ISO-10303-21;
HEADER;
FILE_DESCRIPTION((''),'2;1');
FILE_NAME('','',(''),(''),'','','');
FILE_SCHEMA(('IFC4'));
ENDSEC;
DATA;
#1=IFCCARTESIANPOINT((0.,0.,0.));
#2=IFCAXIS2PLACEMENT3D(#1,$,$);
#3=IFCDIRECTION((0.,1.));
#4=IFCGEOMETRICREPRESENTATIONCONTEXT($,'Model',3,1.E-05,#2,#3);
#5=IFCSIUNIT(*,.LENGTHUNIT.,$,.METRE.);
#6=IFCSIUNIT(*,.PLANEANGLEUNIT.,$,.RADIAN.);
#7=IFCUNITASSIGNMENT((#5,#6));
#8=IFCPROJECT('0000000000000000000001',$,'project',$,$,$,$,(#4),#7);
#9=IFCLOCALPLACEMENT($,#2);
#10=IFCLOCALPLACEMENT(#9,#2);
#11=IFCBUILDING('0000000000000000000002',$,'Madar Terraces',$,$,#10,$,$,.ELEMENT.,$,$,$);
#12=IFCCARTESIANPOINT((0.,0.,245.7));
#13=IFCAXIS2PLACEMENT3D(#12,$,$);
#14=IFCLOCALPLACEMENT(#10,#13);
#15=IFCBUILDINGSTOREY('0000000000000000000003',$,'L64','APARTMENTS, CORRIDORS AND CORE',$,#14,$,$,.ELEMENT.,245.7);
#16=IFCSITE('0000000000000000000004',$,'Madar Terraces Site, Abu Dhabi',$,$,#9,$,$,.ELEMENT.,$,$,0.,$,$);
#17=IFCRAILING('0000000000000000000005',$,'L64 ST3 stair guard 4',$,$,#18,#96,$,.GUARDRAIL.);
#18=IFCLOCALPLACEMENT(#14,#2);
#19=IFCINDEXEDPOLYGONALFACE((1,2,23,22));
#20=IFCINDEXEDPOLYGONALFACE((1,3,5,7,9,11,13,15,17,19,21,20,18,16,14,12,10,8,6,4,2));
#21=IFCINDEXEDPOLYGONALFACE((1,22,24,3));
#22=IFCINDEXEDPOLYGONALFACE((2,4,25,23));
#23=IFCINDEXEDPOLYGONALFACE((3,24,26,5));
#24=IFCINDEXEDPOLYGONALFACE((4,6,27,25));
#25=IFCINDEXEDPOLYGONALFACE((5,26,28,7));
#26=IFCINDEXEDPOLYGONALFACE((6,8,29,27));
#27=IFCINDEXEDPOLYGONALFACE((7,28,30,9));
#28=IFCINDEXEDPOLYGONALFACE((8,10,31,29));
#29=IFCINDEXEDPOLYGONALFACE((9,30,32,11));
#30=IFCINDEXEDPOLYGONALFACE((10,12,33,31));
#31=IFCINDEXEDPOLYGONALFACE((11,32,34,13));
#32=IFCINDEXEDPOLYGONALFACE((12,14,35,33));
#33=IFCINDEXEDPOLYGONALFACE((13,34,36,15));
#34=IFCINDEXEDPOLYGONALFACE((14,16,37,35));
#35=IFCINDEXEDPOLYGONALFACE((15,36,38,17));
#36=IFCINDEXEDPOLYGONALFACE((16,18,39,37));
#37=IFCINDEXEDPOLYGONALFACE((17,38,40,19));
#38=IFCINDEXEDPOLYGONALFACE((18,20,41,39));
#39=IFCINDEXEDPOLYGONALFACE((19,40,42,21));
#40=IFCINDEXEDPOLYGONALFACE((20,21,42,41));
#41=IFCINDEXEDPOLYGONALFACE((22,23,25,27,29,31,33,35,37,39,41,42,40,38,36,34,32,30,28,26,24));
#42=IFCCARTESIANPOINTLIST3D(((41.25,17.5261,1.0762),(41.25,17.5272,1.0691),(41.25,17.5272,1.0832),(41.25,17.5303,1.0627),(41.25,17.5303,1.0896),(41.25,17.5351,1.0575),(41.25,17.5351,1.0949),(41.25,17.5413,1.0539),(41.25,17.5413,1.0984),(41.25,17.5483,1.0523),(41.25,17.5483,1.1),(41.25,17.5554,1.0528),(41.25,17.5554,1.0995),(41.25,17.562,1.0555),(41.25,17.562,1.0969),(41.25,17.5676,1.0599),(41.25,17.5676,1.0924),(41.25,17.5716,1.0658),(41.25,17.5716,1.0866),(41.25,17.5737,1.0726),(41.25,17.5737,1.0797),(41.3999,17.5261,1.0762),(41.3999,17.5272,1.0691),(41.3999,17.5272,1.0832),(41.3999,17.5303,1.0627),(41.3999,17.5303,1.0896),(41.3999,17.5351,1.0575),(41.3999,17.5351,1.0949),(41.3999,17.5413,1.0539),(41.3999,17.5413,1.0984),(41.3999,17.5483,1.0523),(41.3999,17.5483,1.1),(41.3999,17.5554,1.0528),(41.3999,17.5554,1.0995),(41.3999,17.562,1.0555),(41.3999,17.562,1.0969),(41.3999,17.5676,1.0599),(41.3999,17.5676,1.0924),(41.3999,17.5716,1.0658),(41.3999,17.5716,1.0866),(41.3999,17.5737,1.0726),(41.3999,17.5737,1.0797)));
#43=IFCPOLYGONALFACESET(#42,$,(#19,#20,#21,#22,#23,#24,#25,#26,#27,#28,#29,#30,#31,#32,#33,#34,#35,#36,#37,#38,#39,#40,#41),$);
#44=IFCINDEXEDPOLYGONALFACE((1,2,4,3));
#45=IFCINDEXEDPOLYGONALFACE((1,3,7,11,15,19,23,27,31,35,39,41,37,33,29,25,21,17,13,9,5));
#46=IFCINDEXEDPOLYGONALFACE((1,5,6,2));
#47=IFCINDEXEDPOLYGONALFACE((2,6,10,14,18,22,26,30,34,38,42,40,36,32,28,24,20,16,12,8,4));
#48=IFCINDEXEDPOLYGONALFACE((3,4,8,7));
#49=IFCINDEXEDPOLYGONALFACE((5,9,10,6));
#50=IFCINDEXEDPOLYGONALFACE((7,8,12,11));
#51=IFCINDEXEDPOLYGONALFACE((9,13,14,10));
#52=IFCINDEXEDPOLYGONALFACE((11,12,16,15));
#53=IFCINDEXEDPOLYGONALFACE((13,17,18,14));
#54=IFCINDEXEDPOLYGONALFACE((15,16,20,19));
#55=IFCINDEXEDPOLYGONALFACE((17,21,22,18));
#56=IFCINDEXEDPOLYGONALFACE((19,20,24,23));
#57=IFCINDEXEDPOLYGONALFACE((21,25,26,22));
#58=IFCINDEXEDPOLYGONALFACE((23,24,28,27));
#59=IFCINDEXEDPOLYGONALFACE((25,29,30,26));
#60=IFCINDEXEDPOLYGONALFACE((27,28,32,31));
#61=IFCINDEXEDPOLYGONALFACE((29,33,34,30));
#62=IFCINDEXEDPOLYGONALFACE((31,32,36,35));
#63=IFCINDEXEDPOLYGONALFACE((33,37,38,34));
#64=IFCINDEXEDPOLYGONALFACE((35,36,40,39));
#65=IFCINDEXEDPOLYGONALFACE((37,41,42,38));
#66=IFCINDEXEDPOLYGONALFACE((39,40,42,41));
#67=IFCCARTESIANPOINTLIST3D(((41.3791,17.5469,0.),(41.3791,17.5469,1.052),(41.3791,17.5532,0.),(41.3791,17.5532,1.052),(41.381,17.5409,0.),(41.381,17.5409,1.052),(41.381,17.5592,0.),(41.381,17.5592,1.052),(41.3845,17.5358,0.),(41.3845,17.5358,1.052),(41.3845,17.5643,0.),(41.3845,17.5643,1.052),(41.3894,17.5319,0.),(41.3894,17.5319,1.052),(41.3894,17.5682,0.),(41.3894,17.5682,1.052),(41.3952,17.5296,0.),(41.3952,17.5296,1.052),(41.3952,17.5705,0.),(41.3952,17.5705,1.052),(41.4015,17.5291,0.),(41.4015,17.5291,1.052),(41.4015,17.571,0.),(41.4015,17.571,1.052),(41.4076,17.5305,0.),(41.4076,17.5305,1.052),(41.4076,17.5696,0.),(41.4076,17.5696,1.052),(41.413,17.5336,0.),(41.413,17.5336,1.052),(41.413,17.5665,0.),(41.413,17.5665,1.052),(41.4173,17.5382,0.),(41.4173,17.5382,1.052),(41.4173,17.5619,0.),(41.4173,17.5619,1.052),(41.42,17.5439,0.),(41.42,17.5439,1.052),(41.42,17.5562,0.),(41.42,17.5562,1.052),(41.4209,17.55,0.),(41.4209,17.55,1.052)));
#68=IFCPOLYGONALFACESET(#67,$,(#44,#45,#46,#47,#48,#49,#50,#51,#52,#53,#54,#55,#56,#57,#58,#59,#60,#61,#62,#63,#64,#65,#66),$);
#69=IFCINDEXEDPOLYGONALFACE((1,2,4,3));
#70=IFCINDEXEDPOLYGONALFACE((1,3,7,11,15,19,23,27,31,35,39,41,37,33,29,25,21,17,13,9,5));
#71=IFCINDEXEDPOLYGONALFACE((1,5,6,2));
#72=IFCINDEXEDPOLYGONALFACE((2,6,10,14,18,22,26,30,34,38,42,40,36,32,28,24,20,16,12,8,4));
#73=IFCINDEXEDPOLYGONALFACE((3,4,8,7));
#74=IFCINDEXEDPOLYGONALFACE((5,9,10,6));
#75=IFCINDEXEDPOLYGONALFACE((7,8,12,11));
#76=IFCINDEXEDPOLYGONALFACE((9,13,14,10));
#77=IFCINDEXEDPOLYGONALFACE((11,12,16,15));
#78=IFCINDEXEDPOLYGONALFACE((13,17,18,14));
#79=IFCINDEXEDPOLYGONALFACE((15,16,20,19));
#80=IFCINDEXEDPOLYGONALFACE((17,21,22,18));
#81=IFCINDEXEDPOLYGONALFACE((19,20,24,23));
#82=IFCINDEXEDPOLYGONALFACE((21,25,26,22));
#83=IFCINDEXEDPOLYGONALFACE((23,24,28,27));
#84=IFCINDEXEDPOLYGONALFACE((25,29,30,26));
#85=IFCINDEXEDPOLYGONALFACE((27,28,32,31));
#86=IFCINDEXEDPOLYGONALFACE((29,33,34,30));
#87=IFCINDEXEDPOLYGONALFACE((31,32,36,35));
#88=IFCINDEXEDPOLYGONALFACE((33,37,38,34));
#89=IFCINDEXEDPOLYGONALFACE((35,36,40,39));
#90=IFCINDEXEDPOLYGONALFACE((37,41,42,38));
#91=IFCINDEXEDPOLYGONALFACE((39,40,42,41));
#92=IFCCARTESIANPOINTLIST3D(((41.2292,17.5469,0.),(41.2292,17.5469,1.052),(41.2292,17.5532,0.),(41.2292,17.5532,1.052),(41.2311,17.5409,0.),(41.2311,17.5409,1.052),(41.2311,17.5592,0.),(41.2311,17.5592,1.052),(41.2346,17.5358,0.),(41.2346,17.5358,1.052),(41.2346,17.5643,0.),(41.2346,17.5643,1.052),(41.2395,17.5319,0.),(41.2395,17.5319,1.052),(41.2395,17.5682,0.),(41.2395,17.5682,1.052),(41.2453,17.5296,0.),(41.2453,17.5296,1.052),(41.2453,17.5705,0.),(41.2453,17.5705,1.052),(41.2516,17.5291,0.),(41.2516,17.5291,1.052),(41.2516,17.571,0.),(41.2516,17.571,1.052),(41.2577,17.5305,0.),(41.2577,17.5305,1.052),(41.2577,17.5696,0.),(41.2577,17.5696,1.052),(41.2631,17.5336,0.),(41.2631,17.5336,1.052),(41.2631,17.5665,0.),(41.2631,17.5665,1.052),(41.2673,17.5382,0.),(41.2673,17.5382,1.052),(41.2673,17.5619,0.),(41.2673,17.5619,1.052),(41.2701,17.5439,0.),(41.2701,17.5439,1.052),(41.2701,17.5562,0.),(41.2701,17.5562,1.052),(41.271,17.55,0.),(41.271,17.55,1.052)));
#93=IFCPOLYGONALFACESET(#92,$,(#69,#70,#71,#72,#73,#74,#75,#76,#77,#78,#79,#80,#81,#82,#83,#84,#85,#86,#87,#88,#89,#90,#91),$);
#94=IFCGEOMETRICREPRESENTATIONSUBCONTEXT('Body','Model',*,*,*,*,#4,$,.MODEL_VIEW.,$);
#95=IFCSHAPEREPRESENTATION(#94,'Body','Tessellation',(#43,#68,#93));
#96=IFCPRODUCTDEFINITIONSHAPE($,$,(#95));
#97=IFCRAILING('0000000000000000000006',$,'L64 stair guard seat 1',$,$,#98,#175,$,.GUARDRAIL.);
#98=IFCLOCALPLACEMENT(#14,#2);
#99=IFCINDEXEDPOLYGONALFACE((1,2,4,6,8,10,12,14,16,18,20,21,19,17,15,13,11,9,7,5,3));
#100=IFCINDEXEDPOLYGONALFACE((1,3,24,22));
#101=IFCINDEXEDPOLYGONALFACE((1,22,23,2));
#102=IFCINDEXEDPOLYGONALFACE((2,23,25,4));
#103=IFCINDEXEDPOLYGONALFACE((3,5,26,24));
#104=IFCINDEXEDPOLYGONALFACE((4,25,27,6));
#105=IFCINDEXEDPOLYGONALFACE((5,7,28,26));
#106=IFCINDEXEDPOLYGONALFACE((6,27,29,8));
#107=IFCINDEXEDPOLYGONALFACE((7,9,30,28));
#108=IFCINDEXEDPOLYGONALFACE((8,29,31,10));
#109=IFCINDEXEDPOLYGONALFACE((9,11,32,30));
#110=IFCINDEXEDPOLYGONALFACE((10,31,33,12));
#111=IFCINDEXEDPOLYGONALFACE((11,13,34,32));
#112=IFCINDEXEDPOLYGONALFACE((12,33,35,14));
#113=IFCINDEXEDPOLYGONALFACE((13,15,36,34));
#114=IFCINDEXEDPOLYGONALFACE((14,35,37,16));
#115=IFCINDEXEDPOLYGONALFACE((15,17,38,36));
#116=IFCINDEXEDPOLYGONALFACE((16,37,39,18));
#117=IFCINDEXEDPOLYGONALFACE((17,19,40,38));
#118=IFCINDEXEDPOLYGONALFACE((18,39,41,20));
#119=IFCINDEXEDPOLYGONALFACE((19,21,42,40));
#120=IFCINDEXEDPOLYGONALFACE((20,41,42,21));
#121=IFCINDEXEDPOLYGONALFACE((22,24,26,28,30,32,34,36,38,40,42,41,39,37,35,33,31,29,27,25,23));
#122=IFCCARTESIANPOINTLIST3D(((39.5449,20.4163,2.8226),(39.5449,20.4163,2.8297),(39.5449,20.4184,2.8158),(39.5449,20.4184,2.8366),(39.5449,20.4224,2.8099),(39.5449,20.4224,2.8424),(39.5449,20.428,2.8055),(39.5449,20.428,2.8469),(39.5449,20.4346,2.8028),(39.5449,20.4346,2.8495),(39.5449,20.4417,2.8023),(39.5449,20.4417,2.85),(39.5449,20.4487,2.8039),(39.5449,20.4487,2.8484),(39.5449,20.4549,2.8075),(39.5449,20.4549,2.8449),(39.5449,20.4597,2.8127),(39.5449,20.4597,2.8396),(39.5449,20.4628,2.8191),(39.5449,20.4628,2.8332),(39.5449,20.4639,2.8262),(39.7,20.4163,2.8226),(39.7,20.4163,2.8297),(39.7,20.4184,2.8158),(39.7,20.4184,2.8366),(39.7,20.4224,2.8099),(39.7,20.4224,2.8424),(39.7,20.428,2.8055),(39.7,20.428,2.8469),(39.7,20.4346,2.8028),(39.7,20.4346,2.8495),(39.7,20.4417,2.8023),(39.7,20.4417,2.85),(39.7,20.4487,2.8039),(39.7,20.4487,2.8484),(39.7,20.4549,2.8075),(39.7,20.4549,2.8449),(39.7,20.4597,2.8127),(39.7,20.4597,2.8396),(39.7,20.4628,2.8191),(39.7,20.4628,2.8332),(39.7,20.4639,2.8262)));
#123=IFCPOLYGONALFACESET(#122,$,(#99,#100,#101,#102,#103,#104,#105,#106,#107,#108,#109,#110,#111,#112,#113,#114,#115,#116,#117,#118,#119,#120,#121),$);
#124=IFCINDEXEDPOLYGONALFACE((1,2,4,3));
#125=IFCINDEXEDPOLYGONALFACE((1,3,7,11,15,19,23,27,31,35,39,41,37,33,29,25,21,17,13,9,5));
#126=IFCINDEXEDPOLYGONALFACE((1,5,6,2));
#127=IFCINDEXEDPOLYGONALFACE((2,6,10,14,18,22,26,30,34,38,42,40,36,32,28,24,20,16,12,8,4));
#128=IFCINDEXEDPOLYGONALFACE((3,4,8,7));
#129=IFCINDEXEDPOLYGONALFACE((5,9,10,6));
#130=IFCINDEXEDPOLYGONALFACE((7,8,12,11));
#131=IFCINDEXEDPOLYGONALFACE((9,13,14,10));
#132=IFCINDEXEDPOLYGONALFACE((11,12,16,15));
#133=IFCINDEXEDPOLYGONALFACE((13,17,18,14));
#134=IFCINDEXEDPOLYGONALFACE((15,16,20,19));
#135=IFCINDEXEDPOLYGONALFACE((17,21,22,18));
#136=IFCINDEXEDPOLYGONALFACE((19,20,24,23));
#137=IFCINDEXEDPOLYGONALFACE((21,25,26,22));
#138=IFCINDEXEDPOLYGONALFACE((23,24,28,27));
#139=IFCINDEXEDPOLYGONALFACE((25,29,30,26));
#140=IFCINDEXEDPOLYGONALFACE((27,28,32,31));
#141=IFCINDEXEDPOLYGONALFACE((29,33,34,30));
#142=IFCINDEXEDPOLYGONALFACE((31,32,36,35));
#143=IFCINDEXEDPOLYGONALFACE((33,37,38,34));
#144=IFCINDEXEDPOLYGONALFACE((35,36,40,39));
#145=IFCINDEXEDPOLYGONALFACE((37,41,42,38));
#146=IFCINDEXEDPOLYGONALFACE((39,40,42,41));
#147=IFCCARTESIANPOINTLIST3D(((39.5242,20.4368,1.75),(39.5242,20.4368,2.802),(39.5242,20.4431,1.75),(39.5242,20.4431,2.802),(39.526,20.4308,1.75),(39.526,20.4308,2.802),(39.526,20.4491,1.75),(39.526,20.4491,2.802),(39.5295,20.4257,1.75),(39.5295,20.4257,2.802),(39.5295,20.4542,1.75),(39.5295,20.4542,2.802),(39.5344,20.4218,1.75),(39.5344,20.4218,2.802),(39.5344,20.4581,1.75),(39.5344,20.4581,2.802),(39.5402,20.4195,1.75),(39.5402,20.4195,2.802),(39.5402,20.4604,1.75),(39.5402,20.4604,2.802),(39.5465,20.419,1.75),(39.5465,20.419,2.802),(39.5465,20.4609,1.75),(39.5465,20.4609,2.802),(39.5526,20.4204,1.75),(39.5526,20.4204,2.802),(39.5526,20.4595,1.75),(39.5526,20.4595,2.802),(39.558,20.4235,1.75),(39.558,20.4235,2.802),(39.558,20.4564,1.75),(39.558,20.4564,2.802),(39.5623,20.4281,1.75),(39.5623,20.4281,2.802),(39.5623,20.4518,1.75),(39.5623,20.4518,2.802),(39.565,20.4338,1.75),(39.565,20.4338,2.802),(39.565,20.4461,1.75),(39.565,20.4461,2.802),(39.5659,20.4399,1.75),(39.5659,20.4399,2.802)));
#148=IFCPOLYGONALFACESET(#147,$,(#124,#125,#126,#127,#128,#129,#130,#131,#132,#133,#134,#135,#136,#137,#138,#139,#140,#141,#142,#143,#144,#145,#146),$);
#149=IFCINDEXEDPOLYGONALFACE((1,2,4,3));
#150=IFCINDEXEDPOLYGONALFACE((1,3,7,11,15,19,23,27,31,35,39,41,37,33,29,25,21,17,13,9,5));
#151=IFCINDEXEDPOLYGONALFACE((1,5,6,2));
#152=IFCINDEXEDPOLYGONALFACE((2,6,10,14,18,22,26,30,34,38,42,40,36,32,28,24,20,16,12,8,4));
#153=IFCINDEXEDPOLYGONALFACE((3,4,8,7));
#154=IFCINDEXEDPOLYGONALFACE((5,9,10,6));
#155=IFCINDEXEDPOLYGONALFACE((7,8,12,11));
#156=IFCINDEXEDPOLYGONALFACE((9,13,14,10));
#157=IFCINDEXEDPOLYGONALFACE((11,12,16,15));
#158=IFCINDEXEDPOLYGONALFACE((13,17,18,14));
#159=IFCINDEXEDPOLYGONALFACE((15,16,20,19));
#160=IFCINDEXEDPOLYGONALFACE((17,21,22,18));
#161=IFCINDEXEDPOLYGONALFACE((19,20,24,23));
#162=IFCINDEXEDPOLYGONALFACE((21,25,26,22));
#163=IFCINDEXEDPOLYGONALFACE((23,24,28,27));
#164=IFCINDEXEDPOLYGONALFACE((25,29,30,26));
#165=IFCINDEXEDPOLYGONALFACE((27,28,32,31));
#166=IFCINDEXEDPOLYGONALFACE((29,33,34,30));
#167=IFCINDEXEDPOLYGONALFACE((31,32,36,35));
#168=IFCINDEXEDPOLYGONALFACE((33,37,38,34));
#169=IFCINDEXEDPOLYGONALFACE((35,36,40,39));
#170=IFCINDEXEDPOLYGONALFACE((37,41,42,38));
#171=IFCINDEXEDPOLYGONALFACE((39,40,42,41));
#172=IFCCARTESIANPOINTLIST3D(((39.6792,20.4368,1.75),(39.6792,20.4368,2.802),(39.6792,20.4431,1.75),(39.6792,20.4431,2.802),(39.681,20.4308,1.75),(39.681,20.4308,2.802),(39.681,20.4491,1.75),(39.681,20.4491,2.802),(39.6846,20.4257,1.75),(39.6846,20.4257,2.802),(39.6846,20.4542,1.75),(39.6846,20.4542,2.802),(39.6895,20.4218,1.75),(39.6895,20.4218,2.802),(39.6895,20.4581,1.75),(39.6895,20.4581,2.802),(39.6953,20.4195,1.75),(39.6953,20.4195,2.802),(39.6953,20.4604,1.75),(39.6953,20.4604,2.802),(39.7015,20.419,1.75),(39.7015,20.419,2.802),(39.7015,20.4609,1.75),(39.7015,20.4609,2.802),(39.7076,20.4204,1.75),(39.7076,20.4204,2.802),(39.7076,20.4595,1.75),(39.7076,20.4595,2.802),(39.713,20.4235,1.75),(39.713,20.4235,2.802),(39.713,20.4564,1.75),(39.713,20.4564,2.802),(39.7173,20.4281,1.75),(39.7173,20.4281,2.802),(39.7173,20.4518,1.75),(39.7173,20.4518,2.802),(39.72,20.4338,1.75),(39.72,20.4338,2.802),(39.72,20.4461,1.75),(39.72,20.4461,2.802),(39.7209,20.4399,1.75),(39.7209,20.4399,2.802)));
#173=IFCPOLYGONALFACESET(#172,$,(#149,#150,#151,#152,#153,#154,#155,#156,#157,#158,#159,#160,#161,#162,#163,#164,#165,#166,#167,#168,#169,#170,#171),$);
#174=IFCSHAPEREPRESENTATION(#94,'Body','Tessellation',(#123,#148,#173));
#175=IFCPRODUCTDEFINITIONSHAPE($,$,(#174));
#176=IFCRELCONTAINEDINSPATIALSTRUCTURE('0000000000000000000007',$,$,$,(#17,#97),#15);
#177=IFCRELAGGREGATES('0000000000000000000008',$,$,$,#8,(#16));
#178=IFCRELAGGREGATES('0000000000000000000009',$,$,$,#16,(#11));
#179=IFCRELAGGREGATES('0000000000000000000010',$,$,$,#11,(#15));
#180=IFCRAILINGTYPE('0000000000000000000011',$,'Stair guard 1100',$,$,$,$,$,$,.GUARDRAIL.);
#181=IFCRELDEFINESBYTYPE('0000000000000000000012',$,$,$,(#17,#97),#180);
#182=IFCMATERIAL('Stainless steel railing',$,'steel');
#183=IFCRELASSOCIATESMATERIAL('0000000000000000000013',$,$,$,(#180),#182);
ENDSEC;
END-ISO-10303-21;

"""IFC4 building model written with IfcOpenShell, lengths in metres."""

from ifc_helpers import new_model, si_unit, direction, frame, origin, origin_2d, place, context, subcontext, project, spatial, circle, extrude, material, type_object, element, save


model = new_model("IFC4")

# Units and contexts
model_context = context("Model", 3, precision=1e-05, world=origin(), true_north=direction((0.0, 1.0)))
body_context = subcontext(model_context, "Body", "Model", "MODEL_VIEW")
ifc_project = project(units=[si_unit("LENGTHUNIT", "METRE"), si_unit("PLANEANGLEUNIT", "RADIAN")], contexts=[model_context])

# Site, building, storey
site_placement = place(None, origin())
site = spatial("IfcSite", under=ifc_project, at=site_placement, Name="Madar Terraces Site, Abu Dhabi", CompositionType="ELEMENT", RefElevation=0.0)
building_placement = place(site_placement, origin())
building = spatial("IfcBuilding", under=site, at=building_placement, Name="Madar Terraces", CompositionType="ELEMENT")
storey_placement = place(building_placement, frame((0.0, 0.0, 245.7)))
storey = spatial("IfcBuildingStorey", under=building, at=storey_placement, Name="L64", Description="APARTMENTS, CORRIDORS AND CORE", CompositionType="ELEMENT", Elevation=245.7)

# Railings
ifc_material_1 = material(Name="Stainless steel railing", Category="steel")
railing_type_1 = type_object("IfcRailingType", Name="Stair guard 1100", PredefinedType="GUARDRAIL", material=ifc_material_1)
railing_1_placement = place(storey_placement, frame((41.3999, 17.55, 0.0)))
element("IfcRailing", 1, at=railing_1_placement, inside=storey, type_object=railing_type_1, Name="L64 ST3 stair guard 4", PredefinedType="GUARDRAIL", context=body_context, shape_type="SweptSolid", body=[
    extrude(circle(Radius=0.0239, at=origin_2d()), frame((0.0, 0.0, 1.0762), z_axis=(-1.0, 0.0, 0.0), x_axis=(0.0, -1.0, 0.0)), (0.0, 0.0, 1.0), 0.1499),
    extrude(circle(Radius=0.021, at=origin_2d()), origin(), (0.0, 0.0, 1.0), 1.052),
    extrude(circle(Radius=0.021, at=origin_2d()), frame((-0.1499, 0.0, 0.0)), (0.0, 0.0, 1.0), 1.052),
])
for number, where, name in (
    (2, (39.5449, 20.4399, 1.75), "L64 stair guard seat 1"),
):
    element("IfcRailing", number, at=place(storey_placement, frame(where)), inside=storey, type_object=railing_type_1, Name=name, PredefinedType="GUARDRAIL", context=body_context, shape_type="SweptSolid", body=[
        extrude(circle(Radius=0.0239, at=origin_2d()), frame((0.0, 0.0, 1.0762), z_axis=(1.0, 0.0, 0.0), x_axis=(0.0, 1.0, 0.0)), (0.0, 0.0, 1.0), 0.155),
        extrude(circle(Radius=0.021, at=origin_2d()), origin(), (0.0, 0.0, 1.0), 1.052),
        extrude(circle(Radius=0.021, at=origin_2d()), frame((0.155, 0.0, 0.0)), (0.0, 0.0, 1.0), 1.052),
    ])

save(model, "model.ifc")
